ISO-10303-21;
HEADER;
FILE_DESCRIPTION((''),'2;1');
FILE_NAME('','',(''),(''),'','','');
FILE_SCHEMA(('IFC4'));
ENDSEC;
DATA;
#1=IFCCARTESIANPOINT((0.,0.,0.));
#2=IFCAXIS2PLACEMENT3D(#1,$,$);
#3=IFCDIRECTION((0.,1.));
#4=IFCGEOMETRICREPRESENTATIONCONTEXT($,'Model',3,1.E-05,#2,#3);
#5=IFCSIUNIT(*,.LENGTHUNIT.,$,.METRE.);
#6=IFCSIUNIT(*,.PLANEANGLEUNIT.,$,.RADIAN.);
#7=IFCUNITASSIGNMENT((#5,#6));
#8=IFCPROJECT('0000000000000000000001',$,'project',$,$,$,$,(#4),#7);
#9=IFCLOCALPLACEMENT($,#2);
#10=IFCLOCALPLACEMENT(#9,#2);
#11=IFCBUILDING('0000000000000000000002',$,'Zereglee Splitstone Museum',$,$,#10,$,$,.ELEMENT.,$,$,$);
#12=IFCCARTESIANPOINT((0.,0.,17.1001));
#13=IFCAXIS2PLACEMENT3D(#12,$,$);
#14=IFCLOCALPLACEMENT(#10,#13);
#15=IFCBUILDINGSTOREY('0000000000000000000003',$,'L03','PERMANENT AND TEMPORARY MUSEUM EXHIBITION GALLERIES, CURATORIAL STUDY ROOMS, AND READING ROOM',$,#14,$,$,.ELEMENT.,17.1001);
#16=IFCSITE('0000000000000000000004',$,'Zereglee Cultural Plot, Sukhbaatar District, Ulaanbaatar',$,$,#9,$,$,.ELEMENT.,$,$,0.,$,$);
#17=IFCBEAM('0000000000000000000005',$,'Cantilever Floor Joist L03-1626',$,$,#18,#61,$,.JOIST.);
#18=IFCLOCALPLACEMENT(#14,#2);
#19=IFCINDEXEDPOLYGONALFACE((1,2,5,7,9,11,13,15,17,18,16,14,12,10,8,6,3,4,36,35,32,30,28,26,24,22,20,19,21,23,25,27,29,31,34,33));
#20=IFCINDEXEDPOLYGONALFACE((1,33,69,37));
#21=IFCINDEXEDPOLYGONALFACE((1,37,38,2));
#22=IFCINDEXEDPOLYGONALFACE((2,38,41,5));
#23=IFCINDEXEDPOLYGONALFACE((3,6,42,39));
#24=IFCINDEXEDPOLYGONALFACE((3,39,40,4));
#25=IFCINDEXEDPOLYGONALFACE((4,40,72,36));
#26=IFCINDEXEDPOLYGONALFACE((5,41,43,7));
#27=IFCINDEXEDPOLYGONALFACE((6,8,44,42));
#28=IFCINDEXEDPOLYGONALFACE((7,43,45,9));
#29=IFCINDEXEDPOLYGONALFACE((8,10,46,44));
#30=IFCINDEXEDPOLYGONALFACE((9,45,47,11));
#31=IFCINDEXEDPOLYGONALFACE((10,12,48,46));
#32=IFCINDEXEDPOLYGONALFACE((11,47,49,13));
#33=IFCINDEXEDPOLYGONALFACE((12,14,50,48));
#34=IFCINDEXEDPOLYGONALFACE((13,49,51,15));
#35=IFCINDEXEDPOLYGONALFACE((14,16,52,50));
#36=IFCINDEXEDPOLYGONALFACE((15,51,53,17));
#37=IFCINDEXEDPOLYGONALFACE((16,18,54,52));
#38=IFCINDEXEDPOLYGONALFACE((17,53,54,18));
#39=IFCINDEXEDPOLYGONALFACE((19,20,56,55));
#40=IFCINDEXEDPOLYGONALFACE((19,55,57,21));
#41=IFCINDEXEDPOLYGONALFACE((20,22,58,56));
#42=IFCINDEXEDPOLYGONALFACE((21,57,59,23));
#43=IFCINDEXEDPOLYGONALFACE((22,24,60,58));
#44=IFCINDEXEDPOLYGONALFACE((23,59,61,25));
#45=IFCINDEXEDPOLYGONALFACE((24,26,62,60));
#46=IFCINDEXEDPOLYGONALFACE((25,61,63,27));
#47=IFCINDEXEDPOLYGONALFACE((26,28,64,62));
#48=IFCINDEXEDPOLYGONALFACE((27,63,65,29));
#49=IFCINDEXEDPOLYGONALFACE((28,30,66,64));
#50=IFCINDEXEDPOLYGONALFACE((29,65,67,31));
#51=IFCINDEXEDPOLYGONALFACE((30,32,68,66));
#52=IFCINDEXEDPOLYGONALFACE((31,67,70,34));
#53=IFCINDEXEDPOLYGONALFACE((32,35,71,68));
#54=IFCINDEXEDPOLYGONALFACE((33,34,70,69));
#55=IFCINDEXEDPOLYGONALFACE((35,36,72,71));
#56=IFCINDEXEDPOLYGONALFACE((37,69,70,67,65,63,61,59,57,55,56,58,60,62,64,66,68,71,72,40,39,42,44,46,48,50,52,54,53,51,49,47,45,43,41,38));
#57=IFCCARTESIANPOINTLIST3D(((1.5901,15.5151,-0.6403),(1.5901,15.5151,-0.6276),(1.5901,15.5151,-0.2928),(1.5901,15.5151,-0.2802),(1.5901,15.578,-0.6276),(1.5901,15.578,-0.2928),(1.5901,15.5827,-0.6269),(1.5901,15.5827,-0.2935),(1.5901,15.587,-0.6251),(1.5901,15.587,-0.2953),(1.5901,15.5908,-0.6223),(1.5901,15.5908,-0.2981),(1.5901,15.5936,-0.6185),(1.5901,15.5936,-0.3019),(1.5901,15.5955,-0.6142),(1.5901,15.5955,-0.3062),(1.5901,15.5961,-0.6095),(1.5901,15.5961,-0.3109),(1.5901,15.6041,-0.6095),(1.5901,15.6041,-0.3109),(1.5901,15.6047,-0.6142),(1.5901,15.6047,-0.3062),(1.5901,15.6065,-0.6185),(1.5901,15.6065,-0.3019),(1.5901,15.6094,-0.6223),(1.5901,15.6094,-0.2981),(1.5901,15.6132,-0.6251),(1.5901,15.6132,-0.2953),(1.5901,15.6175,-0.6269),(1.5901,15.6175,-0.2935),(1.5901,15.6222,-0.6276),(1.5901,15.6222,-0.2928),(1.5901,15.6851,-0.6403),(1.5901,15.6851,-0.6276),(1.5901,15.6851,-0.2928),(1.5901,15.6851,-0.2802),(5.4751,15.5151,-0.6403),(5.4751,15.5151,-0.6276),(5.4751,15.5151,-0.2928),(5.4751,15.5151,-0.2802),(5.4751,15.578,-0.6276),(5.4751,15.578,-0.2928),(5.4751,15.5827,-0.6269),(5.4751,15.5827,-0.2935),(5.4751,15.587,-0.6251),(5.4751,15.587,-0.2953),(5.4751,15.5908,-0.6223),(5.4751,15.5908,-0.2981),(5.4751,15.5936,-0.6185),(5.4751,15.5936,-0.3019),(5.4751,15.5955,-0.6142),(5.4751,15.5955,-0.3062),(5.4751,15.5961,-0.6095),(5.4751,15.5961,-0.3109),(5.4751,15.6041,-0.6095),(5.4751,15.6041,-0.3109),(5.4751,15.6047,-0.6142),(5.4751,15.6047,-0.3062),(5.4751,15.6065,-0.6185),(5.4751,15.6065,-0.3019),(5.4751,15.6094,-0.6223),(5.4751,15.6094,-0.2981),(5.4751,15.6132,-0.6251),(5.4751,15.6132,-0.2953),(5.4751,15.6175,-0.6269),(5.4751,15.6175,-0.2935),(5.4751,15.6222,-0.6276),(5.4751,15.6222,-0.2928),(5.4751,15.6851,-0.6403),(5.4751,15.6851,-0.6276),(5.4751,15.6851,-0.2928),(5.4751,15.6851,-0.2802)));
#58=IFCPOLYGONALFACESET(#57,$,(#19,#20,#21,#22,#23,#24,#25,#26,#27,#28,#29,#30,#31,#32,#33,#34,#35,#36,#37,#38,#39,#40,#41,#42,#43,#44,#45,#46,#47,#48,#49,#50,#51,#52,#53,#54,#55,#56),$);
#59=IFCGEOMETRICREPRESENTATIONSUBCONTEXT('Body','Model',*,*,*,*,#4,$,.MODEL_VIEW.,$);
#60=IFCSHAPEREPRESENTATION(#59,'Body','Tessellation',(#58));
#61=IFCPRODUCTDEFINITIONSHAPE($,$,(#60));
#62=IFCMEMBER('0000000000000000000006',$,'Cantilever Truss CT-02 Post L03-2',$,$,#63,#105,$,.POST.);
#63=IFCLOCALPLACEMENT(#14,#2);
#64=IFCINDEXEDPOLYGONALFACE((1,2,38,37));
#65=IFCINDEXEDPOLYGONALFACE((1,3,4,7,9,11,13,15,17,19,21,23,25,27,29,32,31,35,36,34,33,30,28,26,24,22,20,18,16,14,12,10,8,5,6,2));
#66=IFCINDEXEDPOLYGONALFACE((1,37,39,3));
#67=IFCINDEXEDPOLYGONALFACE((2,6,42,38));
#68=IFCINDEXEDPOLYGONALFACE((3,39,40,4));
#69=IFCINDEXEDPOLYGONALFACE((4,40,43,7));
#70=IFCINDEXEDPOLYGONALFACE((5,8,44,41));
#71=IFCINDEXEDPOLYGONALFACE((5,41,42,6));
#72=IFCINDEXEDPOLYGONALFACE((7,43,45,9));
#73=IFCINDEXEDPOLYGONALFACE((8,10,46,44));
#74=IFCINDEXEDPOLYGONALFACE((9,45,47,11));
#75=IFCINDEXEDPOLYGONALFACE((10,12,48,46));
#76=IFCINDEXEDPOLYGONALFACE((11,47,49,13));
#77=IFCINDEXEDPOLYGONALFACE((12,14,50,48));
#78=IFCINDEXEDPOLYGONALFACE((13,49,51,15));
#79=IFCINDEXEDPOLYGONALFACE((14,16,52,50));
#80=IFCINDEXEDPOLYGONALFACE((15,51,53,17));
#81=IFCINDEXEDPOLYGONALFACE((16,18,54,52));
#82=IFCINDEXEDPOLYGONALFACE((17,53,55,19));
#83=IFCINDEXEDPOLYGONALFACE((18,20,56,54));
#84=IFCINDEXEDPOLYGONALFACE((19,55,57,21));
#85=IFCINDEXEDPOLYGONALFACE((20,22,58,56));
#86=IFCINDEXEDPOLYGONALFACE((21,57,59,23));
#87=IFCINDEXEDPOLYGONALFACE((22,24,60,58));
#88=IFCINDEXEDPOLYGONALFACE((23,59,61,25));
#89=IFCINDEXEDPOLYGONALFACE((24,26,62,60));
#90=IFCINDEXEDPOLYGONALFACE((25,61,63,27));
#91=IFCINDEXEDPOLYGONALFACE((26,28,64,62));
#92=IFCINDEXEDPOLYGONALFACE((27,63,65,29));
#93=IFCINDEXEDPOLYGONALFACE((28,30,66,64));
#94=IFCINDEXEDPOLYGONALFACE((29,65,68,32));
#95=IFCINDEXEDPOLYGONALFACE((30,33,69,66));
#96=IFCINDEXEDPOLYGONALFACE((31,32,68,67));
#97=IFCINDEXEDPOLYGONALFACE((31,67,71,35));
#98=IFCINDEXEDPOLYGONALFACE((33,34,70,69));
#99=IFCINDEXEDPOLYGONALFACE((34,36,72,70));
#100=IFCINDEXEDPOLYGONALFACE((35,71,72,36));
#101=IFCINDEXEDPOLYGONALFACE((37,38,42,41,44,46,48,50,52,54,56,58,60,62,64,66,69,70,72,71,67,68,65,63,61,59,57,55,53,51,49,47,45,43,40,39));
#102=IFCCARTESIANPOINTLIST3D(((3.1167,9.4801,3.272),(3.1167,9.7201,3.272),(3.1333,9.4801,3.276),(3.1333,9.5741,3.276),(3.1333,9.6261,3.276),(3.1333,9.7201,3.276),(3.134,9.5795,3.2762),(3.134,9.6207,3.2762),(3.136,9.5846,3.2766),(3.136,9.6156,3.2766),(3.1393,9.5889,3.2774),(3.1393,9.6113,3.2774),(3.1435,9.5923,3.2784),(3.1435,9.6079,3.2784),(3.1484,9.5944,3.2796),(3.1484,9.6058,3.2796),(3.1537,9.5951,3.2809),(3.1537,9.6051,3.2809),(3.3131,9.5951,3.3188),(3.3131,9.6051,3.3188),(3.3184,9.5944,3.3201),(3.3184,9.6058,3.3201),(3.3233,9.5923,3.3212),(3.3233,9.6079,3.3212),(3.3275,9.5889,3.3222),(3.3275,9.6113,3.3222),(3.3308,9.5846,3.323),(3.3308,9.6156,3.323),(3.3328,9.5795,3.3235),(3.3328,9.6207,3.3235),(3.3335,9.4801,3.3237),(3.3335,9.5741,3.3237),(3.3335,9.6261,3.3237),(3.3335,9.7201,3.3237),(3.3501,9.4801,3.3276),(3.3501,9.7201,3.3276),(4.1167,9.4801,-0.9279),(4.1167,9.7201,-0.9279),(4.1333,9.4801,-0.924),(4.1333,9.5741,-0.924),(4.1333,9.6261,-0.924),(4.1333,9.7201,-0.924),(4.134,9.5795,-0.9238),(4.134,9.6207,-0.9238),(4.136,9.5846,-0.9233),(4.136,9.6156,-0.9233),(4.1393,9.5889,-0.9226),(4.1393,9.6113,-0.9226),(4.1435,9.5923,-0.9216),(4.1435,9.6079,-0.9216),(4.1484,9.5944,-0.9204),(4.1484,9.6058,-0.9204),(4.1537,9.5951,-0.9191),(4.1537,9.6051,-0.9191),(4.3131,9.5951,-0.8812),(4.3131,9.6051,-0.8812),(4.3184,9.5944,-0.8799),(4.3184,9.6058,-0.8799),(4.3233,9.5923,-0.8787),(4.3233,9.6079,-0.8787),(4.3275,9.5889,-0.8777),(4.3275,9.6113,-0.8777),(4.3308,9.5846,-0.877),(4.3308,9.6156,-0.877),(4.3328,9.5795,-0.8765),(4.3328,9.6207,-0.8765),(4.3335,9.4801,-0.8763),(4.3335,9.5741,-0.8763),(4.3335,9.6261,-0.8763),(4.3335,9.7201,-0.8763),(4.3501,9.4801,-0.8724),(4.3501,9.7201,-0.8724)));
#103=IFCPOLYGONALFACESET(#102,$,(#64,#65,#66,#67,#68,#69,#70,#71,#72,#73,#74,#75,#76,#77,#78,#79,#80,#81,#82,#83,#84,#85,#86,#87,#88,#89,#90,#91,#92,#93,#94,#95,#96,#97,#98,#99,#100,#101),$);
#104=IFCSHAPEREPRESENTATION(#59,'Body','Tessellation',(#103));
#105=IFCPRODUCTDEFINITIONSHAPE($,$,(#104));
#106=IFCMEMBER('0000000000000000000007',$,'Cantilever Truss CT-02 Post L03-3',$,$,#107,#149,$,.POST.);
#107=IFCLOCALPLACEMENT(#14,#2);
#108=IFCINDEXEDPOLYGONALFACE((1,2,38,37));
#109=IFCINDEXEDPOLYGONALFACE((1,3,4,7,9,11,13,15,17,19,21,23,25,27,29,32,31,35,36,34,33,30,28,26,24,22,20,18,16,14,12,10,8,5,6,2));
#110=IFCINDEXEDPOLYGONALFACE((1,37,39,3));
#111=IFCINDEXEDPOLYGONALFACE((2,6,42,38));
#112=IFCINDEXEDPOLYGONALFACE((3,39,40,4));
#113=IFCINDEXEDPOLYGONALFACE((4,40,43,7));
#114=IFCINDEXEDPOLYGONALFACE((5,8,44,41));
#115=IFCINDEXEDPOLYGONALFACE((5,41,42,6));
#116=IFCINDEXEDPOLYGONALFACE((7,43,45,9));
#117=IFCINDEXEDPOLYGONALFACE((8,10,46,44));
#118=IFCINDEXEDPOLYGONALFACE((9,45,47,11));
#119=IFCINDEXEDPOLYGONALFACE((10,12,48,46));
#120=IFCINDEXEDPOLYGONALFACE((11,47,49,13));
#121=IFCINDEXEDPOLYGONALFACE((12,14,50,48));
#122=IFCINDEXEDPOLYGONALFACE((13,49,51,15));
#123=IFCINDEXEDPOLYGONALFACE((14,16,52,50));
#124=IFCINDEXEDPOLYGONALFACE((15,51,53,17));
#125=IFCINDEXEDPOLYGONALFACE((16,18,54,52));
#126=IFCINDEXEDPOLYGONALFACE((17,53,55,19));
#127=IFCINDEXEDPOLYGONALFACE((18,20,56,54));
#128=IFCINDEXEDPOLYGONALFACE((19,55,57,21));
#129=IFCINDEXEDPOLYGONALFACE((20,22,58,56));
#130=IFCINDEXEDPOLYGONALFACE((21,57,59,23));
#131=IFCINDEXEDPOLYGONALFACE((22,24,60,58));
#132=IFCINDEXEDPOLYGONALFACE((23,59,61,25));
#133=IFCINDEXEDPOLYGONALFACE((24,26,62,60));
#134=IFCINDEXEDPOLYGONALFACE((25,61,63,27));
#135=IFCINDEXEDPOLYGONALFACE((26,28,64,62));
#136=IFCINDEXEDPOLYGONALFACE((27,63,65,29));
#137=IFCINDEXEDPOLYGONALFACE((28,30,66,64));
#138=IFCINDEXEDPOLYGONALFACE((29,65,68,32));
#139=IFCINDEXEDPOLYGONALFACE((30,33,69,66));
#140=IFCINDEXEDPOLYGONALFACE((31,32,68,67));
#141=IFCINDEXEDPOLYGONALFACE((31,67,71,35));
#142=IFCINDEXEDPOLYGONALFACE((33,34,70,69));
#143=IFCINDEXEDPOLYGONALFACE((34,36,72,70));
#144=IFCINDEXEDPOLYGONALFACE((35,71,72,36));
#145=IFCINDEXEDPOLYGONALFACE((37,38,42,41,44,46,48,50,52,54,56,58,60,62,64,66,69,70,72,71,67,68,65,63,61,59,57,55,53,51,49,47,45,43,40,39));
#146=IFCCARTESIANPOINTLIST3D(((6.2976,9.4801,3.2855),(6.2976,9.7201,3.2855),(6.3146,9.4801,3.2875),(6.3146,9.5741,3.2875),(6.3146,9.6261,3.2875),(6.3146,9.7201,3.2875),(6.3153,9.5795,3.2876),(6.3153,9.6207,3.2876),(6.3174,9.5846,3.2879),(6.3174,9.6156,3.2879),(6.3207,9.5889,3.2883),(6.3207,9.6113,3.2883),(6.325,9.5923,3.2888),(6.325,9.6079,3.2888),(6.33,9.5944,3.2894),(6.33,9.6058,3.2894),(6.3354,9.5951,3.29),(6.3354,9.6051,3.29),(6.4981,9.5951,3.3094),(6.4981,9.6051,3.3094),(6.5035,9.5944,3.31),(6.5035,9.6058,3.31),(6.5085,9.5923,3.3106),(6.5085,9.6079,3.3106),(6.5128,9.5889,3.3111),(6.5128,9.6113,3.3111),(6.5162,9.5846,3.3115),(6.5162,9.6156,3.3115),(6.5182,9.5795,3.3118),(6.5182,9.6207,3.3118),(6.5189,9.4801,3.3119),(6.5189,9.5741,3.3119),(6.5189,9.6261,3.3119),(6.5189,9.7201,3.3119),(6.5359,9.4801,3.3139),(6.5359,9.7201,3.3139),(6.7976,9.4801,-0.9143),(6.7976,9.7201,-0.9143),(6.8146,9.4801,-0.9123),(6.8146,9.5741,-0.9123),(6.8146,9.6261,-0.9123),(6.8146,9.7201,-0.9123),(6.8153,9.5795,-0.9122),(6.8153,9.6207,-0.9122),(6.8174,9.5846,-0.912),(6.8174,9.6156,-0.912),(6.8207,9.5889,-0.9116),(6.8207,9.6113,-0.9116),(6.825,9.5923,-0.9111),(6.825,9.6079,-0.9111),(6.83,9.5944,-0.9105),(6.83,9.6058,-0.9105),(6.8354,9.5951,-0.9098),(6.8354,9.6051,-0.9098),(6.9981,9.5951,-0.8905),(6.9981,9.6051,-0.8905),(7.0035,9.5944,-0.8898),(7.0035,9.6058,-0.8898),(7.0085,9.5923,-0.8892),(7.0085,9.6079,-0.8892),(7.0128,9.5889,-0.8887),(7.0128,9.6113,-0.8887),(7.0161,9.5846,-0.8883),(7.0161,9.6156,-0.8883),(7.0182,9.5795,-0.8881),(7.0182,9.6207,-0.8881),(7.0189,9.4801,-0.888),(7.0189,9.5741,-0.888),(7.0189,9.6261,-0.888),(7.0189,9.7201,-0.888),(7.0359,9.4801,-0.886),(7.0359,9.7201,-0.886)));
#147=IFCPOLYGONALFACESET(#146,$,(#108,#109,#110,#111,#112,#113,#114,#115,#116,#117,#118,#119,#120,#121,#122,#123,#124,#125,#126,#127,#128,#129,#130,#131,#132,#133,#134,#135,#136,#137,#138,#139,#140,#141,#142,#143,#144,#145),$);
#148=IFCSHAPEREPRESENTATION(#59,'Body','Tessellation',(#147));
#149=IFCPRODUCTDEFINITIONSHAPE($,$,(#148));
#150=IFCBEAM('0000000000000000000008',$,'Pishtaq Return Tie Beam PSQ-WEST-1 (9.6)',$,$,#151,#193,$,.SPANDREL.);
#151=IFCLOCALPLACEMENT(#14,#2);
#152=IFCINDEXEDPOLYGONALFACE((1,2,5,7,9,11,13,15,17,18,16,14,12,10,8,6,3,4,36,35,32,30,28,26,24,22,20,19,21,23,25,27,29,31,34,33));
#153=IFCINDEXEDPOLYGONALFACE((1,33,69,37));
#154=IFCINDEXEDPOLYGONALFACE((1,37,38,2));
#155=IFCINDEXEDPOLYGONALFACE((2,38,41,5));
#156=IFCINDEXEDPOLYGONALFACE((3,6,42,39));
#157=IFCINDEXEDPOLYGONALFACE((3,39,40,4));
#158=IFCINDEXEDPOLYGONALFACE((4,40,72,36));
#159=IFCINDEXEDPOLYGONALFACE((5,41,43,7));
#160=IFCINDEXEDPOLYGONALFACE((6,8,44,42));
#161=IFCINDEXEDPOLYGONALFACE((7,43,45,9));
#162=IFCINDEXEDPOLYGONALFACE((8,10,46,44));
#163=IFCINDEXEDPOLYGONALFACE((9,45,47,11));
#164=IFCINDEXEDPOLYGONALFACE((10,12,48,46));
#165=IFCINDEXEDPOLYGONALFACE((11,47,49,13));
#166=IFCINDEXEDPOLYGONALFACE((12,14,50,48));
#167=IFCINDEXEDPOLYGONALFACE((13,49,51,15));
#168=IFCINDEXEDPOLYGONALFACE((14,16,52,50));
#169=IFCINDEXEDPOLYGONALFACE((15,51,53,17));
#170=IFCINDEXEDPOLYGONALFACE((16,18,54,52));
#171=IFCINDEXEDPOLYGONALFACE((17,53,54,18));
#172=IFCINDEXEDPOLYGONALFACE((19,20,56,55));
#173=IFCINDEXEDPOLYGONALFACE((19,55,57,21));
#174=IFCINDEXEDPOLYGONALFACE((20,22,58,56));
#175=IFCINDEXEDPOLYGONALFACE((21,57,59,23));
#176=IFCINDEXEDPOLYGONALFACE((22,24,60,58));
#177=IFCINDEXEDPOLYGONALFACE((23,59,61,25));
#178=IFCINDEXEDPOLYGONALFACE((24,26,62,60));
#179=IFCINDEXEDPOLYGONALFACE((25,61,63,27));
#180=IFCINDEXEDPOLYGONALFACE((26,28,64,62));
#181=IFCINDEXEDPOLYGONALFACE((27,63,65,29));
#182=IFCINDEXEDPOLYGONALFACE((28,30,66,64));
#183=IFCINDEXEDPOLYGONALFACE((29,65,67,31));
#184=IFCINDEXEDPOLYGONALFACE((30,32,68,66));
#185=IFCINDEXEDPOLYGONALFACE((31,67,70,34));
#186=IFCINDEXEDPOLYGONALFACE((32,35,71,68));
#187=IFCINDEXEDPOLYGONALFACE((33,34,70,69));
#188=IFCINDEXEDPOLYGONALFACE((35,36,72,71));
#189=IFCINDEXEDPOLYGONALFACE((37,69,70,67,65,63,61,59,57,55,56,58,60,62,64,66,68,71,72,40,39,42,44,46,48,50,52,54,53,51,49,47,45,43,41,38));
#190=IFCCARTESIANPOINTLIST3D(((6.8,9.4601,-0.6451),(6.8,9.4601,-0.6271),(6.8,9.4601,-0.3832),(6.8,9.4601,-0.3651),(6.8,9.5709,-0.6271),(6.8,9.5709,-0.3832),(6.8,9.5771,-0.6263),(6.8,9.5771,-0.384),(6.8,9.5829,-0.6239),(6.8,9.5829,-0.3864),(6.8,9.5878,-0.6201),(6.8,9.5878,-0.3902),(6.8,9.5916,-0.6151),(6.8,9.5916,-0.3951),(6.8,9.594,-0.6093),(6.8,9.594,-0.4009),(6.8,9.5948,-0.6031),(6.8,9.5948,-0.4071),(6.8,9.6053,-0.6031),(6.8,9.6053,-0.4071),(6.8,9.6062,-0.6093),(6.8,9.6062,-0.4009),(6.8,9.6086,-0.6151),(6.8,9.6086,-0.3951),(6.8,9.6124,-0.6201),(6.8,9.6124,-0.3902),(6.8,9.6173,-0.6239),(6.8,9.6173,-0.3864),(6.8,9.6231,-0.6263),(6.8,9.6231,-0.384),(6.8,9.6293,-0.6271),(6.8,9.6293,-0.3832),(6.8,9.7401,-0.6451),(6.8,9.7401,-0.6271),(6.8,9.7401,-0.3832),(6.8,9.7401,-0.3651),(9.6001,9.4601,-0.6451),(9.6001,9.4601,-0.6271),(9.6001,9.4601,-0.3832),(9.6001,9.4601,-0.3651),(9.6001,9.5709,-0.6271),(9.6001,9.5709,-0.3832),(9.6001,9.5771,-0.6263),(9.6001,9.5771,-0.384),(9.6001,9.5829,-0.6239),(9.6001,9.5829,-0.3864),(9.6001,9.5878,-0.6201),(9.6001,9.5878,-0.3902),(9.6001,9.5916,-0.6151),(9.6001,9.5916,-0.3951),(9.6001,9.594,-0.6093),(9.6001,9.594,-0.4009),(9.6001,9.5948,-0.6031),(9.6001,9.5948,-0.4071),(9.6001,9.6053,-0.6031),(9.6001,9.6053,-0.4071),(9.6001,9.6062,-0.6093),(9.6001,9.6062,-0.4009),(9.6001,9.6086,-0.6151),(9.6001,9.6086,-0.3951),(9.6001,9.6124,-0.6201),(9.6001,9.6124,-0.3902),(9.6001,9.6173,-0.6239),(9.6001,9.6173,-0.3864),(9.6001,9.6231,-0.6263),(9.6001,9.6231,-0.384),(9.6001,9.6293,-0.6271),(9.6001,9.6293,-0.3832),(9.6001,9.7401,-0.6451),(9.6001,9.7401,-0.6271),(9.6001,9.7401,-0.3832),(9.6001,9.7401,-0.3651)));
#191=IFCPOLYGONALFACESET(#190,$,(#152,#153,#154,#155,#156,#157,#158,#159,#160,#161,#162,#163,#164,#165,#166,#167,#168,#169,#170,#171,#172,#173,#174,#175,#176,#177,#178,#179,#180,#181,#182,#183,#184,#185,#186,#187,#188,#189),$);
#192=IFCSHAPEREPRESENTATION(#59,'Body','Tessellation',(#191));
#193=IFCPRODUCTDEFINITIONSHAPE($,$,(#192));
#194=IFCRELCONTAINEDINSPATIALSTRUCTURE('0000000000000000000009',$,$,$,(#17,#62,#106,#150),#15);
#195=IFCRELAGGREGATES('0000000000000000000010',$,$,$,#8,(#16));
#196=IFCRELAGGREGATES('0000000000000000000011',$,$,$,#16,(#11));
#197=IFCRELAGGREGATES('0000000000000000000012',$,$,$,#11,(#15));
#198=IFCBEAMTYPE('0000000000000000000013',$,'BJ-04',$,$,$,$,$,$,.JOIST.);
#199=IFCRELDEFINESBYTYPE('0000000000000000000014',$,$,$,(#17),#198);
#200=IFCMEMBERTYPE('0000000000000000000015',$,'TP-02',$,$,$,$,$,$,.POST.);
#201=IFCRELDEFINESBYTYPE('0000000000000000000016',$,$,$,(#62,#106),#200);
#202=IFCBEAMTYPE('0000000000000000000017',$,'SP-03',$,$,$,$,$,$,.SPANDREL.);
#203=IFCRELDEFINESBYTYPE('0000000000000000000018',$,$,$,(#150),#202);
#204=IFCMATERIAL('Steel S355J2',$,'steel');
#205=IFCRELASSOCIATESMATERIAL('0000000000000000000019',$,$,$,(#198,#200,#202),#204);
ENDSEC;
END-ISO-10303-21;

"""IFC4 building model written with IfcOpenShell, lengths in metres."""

from ifc_helpers import new_model, si_unit, direction, frame, origin, origin_2d, place, context, subcontext, project, spatial, i_section, extrude, material, material_profile, profile_set, type_object, element, save


model = new_model("IFC4")

# Units and contexts
model_context = context("Model", 3, precision=1e-05, world=origin(), true_north=direction((0.0, 1.0)))
body_context = subcontext(model_context, "Body", "Model", "MODEL_VIEW")
ifc_project = project(units=[si_unit("LENGTHUNIT", "METRE"), si_unit("PLANEANGLEUNIT", "RADIAN")], contexts=[model_context])

# Site, building, storey
site_placement = place(None, origin())
site = spatial("IfcSite", under=ifc_project, at=site_placement, Name="Zereglee Cultural Plot, Sukhbaatar District, Ulaanbaatar", CompositionType="ELEMENT", RefElevation=0.0)
building_placement = place(site_placement, origin())
building = spatial("IfcBuilding", under=site, at=building_placement, Name="Zereglee Splitstone Museum", CompositionType="ELEMENT")
storey_placement = place(building_placement, frame((0.0, 0.0, 17.1001)))
storey = spatial("IfcBuildingStorey", under=building, at=storey_placement, Name="L03", Description="PERMANENT AND TEMPORARY MUSEUM EXHIBITION GALLERIES, CURATORIAL STUDY ROOMS, AND READING ROOM", CompositionType="ELEMENT", Elevation=17.1001)

# Shared definitions
ifc_material_1 = material(Name="Steel S355J2", Category="steel")

# Beam
ifc_material_profile_1 = material_profile(ifc_material_1, i_section(OverallWidth=0.1699, OverallDepth=0.3601, WebThickness=0.0081, FlangeThickness=0.0127, FilletRadius=0.0181, at=origin_2d()), Name="IPE 360")
ifc_profile_set_1 = profile_set([ifc_material_profile_1], Name="Steel S355J2")
beam_type_1 = type_object("IfcBeamType", Name="BJ-04", PredefinedType="JOIST", material=ifc_profile_set_1)
beam_1_placement = place(storey_placement, frame((1.5901, 15.6001, -0.4602), z_axis=(1.0, 0.0, 0.0), x_axis=(0.0, 1.0, 0.0)))
element("IfcBeam", 1, at=beam_1_placement, inside=storey, type_object=beam_type_1, Name="Cantilever Floor Joist L03-1626", PredefinedType="JOIST", context=body_context, shape_type="SweptSolid", body=[
    extrude(i_section(OverallWidth=0.1699, OverallDepth=0.3601, WebThickness=0.0081, FlangeThickness=0.0127, FilletRadius=0.0181, at=origin_2d()), origin(), (0.0, 0.0, 1.0), 3.885),
])

# Members
ifc_material_profile_2 = material_profile(ifc_material_1, i_section(OverallWidth=0.24, OverallDepth=0.24, WebThickness=0.01, FlangeThickness=0.0171, FilletRadius=0.021, at=origin_2d()), Name="HE 240 B")
ifc_profile_set_2 = profile_set([ifc_material_profile_2], Name="Steel S355J2")
member_type_1 = type_object("IfcMemberType", Name="TP-02", PredefinedType="POST", material=ifc_profile_set_2)
member_1_placement = place(storey_placement, frame((4.2334, 9.6001, -0.9001), z_axis=(-0.231623, 0.0, 0.972806), x_axis=(0.0, -1.0, 0.0)))
element("IfcMember", 2, at=member_1_placement, inside=storey, type_object=member_type_1, Name="Cantilever Truss CT-02 Post L03-2", PredefinedType="POST", context=body_context, shape_type="SweptSolid", body=[
    extrude(i_section(OverallWidth=0.24, OverallDepth=0.24, WebThickness=0.01, FlangeThickness=0.0171, FilletRadius=0.021, at=origin_2d()), origin(), (0.0, 0.0, 1.0), 4.3174),
])
member_2_placement = place(storey_placement, frame((6.9167, 9.6001, -0.9001), z_axis=(-0.118214, 0.0, 0.992988), x_axis=(0.0, -1.0, 0.0)))
element("IfcMember", 3, at=member_2_placement, inside=storey, type_object=member_type_1, Name="Cantilever Truss CT-02 Post L03-3", PredefinedType="POST", context=body_context, shape_type="SweptSolid", body=[
    extrude(i_section(OverallWidth=0.24, OverallDepth=0.24, WebThickness=0.01, FlangeThickness=0.0171, FilletRadius=0.021, at=origin_2d()), origin(), (0.0, 0.0, 1.0), 4.2295),
])

# Beam
ifc_material_profile_3 = material_profile(ifc_material_1, i_section(OverallWidth=0.28, OverallDepth=0.28, WebThickness=0.0105, FlangeThickness=0.0181, FilletRadius=0.0239, at=origin_2d()), Name="HE 280 B")
ifc_profile_set_3 = profile_set([ifc_material_profile_3], Name="Steel S355J2")
beam_type_2 = type_object("IfcBeamType", Name="SP-03", PredefinedType="SPANDREL", material=ifc_profile_set_3)
beam_2_placement = place(storey_placement, frame((6.8, 9.6001, -0.5051), z_axis=(1.0, 0.0, 0.0), x_axis=(0.0, 1.0, 0.0)))
element("IfcBeam", 4, at=beam_2_placement, inside=storey, type_object=beam_type_2, Name="Pishtaq Return Tie Beam PSQ-WEST-1 (9.6)", PredefinedType="SPANDREL", context=body_context, shape_type="SweptSolid", body=[
    extrude(i_section(OverallWidth=0.28, OverallDepth=0.28, WebThickness=0.0105, FlangeThickness=0.0181, FilletRadius=0.0239, at=origin_2d()), origin(), (0.0, 0.0, 1.0), 2.8),
])

save(model, "model.ifc")
